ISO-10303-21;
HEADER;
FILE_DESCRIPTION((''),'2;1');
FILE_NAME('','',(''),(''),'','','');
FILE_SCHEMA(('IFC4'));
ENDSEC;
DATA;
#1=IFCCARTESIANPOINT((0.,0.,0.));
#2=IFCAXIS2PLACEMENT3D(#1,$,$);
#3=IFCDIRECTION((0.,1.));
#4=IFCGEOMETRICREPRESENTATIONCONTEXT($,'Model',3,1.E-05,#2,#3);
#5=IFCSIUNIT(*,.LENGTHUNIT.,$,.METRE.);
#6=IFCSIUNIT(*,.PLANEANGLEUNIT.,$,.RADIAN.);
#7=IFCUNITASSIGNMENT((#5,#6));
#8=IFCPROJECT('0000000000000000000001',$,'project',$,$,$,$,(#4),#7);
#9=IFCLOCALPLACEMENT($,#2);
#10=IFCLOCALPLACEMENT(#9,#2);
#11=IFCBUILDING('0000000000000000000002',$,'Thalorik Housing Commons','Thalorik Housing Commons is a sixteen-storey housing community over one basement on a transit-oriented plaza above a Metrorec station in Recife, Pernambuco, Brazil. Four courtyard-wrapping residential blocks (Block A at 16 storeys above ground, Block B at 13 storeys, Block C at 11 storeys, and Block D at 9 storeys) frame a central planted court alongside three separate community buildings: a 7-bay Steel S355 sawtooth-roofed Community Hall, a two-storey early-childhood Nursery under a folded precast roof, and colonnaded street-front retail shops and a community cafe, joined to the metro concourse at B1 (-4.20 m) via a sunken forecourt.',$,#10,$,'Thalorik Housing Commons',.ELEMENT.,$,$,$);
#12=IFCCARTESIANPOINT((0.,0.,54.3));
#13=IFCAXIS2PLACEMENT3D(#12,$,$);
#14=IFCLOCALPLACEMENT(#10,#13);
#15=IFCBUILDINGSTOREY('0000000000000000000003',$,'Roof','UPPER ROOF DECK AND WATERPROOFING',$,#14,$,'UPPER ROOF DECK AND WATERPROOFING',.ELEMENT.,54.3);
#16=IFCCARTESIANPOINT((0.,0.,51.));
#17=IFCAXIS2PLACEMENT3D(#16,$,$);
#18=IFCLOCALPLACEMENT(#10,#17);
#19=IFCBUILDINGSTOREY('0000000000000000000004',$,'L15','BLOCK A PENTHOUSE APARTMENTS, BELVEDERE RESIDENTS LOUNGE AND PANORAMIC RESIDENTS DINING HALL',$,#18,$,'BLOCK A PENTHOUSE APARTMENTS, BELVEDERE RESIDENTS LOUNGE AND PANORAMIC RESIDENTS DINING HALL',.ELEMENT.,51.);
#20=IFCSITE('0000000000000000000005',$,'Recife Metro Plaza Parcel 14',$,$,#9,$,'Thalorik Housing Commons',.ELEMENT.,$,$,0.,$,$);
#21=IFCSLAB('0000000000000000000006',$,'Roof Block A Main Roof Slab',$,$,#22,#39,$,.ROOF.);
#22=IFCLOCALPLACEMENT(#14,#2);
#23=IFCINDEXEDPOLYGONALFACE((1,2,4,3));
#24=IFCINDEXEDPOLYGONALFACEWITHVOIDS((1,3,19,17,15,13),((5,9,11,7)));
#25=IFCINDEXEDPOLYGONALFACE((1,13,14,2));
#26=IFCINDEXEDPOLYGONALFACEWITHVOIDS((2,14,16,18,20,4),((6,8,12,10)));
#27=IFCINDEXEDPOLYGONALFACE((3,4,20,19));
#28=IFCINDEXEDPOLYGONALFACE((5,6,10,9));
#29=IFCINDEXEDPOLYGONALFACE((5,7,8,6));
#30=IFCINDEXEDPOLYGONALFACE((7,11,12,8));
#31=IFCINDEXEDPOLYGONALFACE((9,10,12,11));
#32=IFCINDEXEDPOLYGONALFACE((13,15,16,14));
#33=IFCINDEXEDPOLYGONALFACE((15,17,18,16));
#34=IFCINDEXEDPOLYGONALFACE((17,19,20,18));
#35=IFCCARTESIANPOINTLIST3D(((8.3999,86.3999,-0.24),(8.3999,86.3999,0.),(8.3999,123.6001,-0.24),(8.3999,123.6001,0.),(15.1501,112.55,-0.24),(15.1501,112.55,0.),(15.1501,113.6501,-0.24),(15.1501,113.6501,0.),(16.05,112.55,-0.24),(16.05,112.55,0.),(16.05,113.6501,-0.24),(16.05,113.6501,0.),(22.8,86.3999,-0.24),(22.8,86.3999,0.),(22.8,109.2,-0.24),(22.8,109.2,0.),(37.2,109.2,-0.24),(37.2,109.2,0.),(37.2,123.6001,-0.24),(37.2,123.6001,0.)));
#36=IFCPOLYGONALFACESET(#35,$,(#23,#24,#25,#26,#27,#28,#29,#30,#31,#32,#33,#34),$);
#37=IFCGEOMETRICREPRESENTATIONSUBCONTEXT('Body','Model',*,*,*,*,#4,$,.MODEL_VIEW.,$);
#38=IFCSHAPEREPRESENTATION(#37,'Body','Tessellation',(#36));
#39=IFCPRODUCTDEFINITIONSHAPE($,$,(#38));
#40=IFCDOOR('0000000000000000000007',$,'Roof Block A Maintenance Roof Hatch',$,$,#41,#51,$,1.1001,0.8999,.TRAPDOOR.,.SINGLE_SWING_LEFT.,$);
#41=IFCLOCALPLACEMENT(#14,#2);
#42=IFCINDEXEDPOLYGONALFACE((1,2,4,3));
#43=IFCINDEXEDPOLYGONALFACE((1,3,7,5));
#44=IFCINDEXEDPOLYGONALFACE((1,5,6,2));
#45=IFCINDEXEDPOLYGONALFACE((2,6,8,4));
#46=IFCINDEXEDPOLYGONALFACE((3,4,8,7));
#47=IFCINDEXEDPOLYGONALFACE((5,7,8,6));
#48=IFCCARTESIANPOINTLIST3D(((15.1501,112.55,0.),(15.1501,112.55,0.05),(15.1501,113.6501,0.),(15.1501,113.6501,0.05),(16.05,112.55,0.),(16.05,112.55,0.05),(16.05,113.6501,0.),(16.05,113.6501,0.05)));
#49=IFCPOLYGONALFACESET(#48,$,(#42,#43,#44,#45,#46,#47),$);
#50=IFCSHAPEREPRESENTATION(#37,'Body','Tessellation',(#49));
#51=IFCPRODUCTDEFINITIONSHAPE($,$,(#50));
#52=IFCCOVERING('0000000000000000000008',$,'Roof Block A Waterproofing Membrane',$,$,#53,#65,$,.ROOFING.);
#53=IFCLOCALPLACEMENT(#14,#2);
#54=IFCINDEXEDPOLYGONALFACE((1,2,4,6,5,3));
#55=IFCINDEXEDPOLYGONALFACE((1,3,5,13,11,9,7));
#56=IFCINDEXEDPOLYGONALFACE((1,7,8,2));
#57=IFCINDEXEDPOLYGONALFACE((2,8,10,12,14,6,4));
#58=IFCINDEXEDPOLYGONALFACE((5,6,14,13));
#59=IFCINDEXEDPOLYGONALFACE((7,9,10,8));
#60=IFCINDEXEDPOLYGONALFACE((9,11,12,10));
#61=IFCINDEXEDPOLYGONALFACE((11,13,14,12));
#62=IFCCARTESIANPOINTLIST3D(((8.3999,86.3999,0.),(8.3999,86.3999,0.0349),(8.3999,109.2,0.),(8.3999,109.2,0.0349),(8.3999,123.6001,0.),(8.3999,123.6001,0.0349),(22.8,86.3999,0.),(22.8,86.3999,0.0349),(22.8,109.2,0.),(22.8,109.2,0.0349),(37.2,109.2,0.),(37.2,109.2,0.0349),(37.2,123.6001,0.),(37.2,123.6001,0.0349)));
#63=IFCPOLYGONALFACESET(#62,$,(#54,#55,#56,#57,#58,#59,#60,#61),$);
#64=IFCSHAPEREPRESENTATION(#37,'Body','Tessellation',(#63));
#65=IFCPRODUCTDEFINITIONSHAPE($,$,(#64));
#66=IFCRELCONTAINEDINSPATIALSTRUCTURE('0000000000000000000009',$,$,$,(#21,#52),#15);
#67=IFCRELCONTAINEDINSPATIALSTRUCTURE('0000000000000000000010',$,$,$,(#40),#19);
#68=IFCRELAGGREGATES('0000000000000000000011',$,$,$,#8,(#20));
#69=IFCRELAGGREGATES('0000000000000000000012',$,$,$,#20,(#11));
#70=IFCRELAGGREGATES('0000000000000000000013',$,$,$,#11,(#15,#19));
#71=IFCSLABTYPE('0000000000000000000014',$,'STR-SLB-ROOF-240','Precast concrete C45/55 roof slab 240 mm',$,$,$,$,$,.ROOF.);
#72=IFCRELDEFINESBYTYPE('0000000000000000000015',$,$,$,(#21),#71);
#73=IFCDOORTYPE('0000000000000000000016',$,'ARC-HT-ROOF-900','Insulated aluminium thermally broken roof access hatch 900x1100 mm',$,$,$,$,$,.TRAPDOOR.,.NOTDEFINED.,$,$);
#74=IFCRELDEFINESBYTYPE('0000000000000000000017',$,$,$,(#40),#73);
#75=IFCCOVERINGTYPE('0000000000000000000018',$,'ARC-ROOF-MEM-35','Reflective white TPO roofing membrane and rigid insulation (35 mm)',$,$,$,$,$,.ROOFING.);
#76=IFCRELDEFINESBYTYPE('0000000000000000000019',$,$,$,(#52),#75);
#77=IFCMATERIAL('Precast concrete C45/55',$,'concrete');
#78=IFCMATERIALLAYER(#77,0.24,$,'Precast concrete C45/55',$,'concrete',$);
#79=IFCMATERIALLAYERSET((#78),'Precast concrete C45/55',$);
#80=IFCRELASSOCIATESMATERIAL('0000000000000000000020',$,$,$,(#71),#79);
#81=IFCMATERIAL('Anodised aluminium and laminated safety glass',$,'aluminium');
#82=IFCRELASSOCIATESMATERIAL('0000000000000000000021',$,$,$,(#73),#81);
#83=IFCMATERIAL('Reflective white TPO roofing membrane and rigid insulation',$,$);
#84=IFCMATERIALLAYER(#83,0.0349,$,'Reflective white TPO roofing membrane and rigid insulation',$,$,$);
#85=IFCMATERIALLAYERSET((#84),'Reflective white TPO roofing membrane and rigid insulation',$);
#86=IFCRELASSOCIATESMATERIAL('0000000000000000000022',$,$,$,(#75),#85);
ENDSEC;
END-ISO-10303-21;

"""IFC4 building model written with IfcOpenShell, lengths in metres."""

from ifc_helpers import new_model, si_unit, direction, frame, origin, origin_2d, place, context, subcontext, project, spatial, polyline, rectangle, outline, extrude, material, layer, layer_set, type_object, element, fill, save


model = new_model("IFC4")

# Units and contexts
model_context = context("Model", 3, precision=1e-05, world=origin(), true_north=direction((0.0, 1.0)))
body_context = subcontext(model_context, "Body", "Model", "MODEL_VIEW")
ifc_project = project(units=[si_unit("LENGTHUNIT", "METRE"), si_unit("PLANEANGLEUNIT", "RADIAN")], contexts=[model_context])

# Site, building, storey
site_placement = place(None, origin())
site = spatial("IfcSite", under=ifc_project, at=site_placement, Name="Recife Metro Plaza Parcel 14", LongName="Thalorik Housing Commons", CompositionType="ELEMENT", RefElevation=0.0)
building_placement = place(site_placement, origin())
building = spatial("IfcBuilding", under=site, at=building_placement, Name="Thalorik Housing Commons", Description="Thalorik Housing Commons is a sixteen-storey housing community over one basement on a transit-oriented plaza above a Metrorec station in Recife, Pernambuco, Brazil. Four courtyard-wrapping residential blocks (Block A at 16 storeys above ground, Block B at 13 storeys, Block C at 11 storeys, and Block D at 9 storeys) frame a central planted court alongside three separate community buildings: a 7-bay Steel S355 sawtooth-roofed Community Hall, a two-storey early-childhood Nursery under a folded precast roof, and colonnaded street-front retail shops and a community cafe, joined to the metro concourse at B1 (-4.20 m) via a sunken forecourt.", LongName="Thalorik Housing Commons", CompositionType="ELEMENT")
storey_1_placement = place(building_placement, frame((0.0, 0.0, 54.3)))
storey_1 = spatial("IfcBuildingStorey", under=building, at=storey_1_placement, Name="Roof", Description="UPPER ROOF DECK AND WATERPROOFING", LongName="UPPER ROOF DECK AND WATERPROOFING", CompositionType="ELEMENT", Elevation=54.3)

# Slab, opening
ifc_material_1 = material(Name="Precast concrete C45/55", Category="concrete")
ifc_layer_1 = layer(ifc_material_1, 0.24, Name="Precast concrete C45/55", Category="concrete")
ifc_layer_set_1 = layer_set([ifc_layer_1], Name="Precast concrete C45/55")
slab_type = type_object("IfcSlabType", Name="STR-SLB-ROOF-240", Description="Precast concrete C45/55 roof slab 240 mm", PredefinedType="ROOF", material=ifc_layer_set_1)
slab_placement = place(storey_1_placement, frame((0.0, 0.0, -0.24)))
slab = element("IfcSlab", 1, at=slab_placement, inside=storey_1, type_object=slab_type, Name="Roof Block A Main Roof Slab", PredefinedType="ROOF", context=body_context, shape_type="SweptSolid", body=[
    extrude(outline(polyline([(22.8, 109.2), (37.2, 109.2), (37.2, 123.6001), (8.3999, 123.6001), (8.3999, 109.2), (8.3999, 86.3999), (22.8, 86.3999), (22.8, 109.2)])), origin(), (0.0, 0.0, 1.0), 0.24),
])
opening_placement = place(slab_placement, frame((15.6001, 113.1001, -0.01)))
opening = element("IfcOpeningElement", 2, at=opening_placement, cuts=slab, PredefinedType="OPENING", context=body_context, shape_type="SweptSolid", body=[
    extrude(rectangle(XDim=0.8999, YDim=1.1001, at=origin_2d()), origin(), (0.0, 0.0, 1.0), 0.3101),
])

# Shared definitions
storey_2_placement = place(building_placement, frame((0.0, 0.0, 51.0)))
storey_2 = spatial("IfcBuildingStorey", under=building, at=storey_2_placement, Name="L15", Description="BLOCK A PENTHOUSE APARTMENTS, BELVEDERE RESIDENTS LOUNGE AND PANORAMIC RESIDENTS DINING HALL", LongName="BLOCK A PENTHOUSE APARTMENTS, BELVEDERE RESIDENTS LOUNGE AND PANORAMIC RESIDENTS DINING HALL", CompositionType="ELEMENT", Elevation=51.0)

# Door
ifc_material_2 = material(Name="Anodised aluminium and laminated safety glass", Category="aluminium")
door_type = type_object("IfcDoorType", Name="ARC-HT-ROOF-900", Description="Insulated aluminium thermally broken roof access hatch 900x1100 mm", OperationType="NOTDEFINED", PredefinedType="TRAPDOOR", material=ifc_material_2)
door_placement = place(opening_placement, frame((0.0, 0.0, 0.25)))
door = element("IfcDoor", 3, at=door_placement, inside=storey_2, type_object=door_type, Name="Roof Block A Maintenance Roof Hatch", OperationType="SINGLE_SWING_LEFT", OverallHeight=1.1001, OverallWidth=0.8999, PredefinedType="TRAPDOOR", context=body_context, shape_type="SweptSolid", body=[
    extrude(rectangle(XDim=0.8999, YDim=1.1001, at=origin_2d()), origin(), (0.0, 0.0, 1.0), 0.05),
])
fill(opening, door)

# Covering
ifc_material_3 = material(Name="Reflective white TPO roofing membrane and rigid insulation")
ifc_layer_2 = layer(ifc_material_3, 0.0349, Name="Reflective white TPO roofing membrane and rigid insulation")
ifc_layer_set_2 = layer_set([ifc_layer_2], Name="Reflective white TPO roofing membrane and rigid insulation")
covering_type = type_object("IfcCoveringType", Name="ARC-ROOF-MEM-35", Description="Reflective white TPO roofing membrane and rigid insulation (35 mm)", PredefinedType="ROOFING", material=ifc_layer_set_2)
covering_placement = place(storey_1_placement, origin())
element("IfcCovering", 4, at=covering_placement, inside=storey_1, type_object=covering_type, Name="Roof Block A Waterproofing Membrane", PredefinedType="ROOFING", context=body_context, shape_type="SweptSolid", body=[
    extrude(outline(polyline([(22.8, 109.2), (37.2, 109.2), (37.2, 123.6001), (8.3999, 123.6001), (8.3999, 109.2), (8.3999, 86.3999), (22.8, 86.3999), (22.8, 109.2)])), origin(), (0.0, 0.0, 1.0), 0.0349),
])

save(model, "model.ifc")
